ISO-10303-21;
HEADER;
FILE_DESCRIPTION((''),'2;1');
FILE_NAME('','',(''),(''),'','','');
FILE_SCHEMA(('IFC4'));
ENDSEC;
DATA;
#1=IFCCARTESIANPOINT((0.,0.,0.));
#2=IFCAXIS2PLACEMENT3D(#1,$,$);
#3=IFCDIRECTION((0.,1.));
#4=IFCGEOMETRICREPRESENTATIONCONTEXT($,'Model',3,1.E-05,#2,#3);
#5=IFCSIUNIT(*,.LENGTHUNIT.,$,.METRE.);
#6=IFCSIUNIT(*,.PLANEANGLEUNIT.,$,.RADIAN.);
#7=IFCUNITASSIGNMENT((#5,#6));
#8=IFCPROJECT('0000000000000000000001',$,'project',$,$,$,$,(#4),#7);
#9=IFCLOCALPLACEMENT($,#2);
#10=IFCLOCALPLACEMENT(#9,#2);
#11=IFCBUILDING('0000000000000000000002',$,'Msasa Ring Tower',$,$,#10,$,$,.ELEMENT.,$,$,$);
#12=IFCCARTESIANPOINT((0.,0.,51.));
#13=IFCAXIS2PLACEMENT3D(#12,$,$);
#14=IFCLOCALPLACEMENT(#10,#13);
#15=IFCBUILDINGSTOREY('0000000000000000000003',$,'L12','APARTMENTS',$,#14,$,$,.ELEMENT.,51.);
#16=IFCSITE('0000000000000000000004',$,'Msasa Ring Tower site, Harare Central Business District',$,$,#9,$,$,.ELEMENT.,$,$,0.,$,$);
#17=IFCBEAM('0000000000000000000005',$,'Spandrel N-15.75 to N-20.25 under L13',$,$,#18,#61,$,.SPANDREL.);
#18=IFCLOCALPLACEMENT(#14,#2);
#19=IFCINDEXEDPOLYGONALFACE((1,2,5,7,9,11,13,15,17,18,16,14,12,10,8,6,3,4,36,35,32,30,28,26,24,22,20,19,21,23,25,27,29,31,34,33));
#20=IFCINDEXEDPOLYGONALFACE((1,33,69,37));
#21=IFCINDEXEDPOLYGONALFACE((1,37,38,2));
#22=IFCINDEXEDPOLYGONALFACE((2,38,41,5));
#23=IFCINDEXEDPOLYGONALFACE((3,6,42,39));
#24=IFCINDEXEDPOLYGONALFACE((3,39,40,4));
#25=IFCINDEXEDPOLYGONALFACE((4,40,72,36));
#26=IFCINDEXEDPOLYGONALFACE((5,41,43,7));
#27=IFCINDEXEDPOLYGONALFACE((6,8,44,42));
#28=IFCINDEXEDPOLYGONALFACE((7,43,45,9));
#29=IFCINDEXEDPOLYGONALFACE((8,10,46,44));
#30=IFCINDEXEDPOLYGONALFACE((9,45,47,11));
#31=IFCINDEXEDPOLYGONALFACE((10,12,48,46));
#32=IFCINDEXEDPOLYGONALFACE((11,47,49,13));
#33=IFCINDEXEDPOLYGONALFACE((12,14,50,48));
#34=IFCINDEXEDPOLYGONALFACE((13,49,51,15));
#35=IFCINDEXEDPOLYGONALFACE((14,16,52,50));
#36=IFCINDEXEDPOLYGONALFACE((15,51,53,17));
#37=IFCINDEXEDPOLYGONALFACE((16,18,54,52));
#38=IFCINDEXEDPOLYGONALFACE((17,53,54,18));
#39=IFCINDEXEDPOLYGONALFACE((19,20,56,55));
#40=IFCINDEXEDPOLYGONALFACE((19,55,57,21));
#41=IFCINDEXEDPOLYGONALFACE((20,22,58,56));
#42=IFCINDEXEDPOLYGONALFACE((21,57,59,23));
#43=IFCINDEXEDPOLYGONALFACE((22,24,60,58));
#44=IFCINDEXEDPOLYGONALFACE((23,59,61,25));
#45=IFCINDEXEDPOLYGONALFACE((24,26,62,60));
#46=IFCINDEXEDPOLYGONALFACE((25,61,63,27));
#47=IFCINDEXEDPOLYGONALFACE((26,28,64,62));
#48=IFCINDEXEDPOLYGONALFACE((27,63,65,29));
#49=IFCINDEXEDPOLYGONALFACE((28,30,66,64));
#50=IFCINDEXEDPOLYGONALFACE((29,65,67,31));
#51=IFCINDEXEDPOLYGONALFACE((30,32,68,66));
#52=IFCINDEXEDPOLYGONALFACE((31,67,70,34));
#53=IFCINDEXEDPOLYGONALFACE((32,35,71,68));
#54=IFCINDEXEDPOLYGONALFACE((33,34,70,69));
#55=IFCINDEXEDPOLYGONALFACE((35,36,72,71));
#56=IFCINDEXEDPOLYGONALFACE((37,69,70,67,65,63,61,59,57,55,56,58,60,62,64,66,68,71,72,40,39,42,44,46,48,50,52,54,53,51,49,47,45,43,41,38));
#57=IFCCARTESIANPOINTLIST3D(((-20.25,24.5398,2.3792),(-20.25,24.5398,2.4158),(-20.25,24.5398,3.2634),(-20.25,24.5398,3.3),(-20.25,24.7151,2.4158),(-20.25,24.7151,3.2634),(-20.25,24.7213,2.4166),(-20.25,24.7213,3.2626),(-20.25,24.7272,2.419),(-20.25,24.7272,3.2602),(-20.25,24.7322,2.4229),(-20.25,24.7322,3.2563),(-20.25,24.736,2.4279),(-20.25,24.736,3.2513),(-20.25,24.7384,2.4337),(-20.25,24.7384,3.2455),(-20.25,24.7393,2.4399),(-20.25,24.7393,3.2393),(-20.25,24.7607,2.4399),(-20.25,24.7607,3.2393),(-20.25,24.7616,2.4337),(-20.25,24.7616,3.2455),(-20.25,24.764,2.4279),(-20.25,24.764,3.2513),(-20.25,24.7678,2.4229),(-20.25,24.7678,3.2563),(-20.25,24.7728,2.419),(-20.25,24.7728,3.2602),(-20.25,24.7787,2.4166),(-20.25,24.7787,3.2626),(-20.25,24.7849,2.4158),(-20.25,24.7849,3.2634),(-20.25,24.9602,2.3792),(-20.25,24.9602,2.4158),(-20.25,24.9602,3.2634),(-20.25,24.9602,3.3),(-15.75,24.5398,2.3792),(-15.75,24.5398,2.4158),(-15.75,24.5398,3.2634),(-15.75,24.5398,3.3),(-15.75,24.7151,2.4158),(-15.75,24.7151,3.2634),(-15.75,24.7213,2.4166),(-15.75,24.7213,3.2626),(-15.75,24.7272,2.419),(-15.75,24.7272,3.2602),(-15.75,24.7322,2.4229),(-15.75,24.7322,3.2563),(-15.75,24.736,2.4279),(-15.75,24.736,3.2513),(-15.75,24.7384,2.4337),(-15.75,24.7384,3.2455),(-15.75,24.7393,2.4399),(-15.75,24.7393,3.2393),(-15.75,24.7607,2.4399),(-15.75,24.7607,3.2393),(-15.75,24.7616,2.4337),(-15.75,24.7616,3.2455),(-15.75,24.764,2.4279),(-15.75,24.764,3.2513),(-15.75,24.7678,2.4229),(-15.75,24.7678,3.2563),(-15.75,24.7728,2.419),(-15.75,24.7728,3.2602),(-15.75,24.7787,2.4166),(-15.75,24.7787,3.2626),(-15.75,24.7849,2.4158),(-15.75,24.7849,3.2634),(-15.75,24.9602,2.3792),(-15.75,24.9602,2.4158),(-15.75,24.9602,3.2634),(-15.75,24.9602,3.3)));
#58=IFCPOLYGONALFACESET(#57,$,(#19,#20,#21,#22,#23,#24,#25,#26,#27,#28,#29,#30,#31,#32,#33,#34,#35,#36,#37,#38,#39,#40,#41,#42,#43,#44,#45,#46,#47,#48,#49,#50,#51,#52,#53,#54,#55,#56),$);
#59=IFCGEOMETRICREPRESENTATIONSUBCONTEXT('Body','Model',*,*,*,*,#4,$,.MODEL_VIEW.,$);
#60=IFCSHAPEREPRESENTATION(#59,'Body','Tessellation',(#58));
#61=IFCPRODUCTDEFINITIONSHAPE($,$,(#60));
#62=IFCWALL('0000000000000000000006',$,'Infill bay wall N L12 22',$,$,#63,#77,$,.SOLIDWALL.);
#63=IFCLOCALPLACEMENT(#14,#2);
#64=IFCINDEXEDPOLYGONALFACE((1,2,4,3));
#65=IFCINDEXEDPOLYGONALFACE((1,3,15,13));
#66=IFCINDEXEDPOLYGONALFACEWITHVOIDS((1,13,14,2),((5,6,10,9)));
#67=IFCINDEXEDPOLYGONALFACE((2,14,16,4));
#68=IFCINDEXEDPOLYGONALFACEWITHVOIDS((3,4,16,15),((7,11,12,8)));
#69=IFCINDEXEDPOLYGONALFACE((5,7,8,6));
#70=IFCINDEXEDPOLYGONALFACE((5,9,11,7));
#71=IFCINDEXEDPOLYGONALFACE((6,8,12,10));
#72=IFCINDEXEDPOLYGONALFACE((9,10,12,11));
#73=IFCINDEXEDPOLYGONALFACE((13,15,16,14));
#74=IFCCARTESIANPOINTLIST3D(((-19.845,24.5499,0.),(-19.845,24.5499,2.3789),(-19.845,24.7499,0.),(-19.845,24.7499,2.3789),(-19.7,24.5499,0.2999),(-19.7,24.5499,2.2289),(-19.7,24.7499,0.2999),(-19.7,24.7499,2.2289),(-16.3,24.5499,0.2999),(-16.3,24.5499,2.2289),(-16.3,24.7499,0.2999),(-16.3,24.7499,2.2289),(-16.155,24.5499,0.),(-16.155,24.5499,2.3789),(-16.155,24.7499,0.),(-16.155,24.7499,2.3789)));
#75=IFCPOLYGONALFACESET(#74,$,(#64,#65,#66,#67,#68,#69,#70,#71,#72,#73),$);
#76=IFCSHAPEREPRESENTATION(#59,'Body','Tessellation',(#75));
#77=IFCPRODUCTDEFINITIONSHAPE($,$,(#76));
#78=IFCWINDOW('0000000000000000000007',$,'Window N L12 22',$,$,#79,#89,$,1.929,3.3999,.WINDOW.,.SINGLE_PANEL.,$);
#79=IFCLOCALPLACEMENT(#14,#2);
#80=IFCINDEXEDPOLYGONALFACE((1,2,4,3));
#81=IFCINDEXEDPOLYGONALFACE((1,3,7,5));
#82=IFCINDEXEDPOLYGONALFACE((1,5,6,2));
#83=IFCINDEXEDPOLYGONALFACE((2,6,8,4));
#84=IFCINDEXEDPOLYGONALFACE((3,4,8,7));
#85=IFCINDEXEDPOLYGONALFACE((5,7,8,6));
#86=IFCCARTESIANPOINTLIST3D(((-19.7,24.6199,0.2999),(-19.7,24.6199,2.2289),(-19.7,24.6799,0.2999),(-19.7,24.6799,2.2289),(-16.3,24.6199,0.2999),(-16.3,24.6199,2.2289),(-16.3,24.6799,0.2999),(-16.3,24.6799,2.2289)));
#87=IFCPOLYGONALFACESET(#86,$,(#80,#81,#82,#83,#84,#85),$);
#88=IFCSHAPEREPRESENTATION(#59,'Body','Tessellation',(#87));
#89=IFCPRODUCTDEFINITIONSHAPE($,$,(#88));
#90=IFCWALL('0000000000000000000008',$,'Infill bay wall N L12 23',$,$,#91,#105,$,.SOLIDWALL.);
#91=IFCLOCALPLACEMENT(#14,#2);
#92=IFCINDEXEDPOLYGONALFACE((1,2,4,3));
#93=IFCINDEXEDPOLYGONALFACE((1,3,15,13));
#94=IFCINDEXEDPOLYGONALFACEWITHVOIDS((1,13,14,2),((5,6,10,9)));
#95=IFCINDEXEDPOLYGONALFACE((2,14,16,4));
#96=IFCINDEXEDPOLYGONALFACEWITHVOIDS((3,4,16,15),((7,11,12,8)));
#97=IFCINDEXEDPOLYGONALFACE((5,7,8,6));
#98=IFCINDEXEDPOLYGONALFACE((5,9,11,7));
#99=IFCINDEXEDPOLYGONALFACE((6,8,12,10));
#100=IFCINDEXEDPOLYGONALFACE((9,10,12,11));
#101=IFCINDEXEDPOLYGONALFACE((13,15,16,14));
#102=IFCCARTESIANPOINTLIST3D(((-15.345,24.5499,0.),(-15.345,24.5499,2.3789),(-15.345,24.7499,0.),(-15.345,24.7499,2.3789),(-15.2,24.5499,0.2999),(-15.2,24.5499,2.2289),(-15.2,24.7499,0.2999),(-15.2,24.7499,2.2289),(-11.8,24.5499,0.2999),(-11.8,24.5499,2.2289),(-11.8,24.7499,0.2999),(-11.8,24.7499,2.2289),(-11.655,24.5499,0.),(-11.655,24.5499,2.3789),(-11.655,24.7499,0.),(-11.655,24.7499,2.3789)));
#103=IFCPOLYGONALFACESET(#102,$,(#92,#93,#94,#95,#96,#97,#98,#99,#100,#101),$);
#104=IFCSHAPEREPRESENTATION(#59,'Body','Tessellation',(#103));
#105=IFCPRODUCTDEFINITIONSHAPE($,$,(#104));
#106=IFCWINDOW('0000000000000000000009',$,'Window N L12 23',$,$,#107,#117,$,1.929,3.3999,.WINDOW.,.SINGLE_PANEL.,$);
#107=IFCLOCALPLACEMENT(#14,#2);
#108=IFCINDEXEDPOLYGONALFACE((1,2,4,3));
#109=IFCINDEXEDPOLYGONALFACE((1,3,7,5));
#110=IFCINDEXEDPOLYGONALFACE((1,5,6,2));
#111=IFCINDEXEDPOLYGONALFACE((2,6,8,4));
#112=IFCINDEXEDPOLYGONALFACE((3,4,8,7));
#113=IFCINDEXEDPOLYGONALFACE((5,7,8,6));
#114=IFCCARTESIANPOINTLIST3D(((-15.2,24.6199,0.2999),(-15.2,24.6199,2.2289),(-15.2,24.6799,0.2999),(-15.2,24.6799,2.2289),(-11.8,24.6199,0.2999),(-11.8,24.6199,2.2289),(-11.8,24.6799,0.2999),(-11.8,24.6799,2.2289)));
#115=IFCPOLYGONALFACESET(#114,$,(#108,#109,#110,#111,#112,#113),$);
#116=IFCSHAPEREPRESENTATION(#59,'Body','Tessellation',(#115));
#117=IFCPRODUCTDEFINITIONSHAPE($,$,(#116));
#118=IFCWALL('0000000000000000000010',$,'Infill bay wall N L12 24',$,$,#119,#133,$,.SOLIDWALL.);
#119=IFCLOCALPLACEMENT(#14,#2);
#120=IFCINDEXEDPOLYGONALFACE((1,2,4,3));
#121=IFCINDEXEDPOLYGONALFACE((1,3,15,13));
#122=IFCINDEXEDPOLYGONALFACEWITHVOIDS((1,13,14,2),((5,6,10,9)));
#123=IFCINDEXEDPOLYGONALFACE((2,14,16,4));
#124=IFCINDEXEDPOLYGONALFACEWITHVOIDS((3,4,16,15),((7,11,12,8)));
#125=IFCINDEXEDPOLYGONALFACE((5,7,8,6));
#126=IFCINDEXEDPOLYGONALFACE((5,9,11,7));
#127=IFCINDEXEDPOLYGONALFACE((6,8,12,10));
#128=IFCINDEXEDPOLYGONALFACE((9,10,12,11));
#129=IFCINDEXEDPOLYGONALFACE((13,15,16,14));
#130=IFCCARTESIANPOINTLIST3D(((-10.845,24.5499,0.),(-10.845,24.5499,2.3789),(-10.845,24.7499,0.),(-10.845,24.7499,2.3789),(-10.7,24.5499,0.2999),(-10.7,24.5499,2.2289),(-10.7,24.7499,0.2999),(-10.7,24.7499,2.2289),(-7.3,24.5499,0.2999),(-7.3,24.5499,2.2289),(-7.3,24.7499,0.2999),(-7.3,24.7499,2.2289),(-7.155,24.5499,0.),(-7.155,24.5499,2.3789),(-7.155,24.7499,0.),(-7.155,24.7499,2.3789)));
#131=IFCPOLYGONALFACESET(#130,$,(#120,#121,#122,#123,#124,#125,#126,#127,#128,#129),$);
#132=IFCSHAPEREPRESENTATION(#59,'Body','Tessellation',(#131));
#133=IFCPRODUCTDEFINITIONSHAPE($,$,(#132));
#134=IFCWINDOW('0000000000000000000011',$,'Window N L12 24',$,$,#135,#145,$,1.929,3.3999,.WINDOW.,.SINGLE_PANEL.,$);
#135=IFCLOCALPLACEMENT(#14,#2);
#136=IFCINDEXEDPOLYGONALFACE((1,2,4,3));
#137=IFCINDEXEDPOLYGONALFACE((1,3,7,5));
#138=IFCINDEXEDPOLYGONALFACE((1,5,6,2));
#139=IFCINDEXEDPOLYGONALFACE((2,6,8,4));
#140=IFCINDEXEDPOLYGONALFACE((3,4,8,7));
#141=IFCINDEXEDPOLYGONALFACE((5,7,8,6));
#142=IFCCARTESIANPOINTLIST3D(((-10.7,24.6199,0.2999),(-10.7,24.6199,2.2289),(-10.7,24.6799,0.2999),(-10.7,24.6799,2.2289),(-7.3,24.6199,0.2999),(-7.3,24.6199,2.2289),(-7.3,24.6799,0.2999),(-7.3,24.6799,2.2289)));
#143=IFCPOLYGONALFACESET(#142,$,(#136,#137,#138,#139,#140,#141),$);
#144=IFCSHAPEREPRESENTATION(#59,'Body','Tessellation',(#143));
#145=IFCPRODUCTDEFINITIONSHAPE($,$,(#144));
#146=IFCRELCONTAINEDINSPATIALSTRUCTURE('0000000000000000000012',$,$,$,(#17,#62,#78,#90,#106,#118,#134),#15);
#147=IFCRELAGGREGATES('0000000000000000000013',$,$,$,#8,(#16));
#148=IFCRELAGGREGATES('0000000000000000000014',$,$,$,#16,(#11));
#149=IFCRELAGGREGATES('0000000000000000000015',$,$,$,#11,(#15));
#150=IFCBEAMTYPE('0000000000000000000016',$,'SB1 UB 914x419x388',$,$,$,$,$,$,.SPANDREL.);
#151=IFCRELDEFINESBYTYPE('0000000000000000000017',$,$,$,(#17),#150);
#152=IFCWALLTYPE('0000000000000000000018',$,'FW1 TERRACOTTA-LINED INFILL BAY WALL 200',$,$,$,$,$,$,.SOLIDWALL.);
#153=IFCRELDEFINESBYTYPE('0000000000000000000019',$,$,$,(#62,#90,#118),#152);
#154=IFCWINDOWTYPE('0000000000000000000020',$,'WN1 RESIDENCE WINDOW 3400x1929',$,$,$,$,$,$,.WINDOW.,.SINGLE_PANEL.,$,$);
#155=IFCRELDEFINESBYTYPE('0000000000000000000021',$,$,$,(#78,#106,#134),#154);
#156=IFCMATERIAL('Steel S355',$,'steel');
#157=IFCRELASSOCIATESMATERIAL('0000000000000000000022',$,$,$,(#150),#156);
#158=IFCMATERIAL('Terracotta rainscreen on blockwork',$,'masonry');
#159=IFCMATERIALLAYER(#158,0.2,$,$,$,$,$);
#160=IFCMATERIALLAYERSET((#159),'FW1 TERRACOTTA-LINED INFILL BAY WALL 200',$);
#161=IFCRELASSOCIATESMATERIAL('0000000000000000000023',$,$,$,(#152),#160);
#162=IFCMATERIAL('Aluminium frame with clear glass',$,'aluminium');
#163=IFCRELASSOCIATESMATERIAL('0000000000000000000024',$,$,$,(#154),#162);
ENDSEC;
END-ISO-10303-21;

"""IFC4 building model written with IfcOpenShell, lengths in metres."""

from ifc_helpers import new_model, si_unit, direction, frame, frame_2d, origin, origin_2d, place, context, subcontext, project, spatial, rectangle, i_section, extrude, material, layer, layer_set, material_profile, profile_set, type_object, element, fill, save


model = new_model("IFC4")

# Units and contexts
model_context = context("Model", 3, precision=1e-05, world=origin(), true_north=direction((0.0, 1.0)))
body_context = subcontext(model_context, "Body", "Model", "MODEL_VIEW")
ifc_project = project(units=[si_unit("LENGTHUNIT", "METRE"), si_unit("PLANEANGLEUNIT", "RADIAN")], contexts=[model_context])

# Site, building, storey
site_placement = place(None, origin())
site = spatial("IfcSite", under=ifc_project, at=site_placement, Name="Msasa Ring Tower site, Harare Central Business District", CompositionType="ELEMENT", RefElevation=0.0)
building_placement = place(site_placement, origin())
building = spatial("IfcBuilding", under=site, at=building_placement, Name="Msasa Ring Tower", CompositionType="ELEMENT")
storey_placement = place(building_placement, frame((0.0, 0.0, 51.0)))
storey = spatial("IfcBuildingStorey", under=building, at=storey_placement, Name="L12", Description="APARTMENTS", CompositionType="ELEMENT", Elevation=51.0)

# Beam
ifc_material_1 = material(Name="Steel S355", Category="steel")
ifc_material_profile_1 = material_profile(ifc_material_1, i_section(OverallWidth=0.4204, OverallDepth=0.9209, WebThickness=0.0215, FlangeThickness=0.0366, FilletRadius=0.0242, at=origin_2d()), Name="UB 914x419x388")
ifc_profile_set_1 = profile_set([ifc_material_profile_1], Name="Steel S355")
beam_type_1 = type_object("IfcBeamType", Name="SB1 UB 914x419x388", PredefinedType="SPANDREL", material=ifc_profile_set_1)
for number, where, z_axis, x_axis, name in (
    (1, (-15.75, 24.75, 2.8396), (-1.0, 0.0, 0.0), (0.0, -1.0, 0.0), "Spandrel N-15.75 to N-20.25 under L13"),
):
    element("IfcBeam", number, at=place(storey_placement, frame(where, z_axis=z_axis, x_axis=x_axis)), inside=storey, type_object=beam_type_1, Name=name, PredefinedType="SPANDREL", context=body_context, shape_type="SweptSolid", body=[
        extrude(i_section(OverallWidth=0.4204, OverallDepth=0.9209, WebThickness=0.0215, FlangeThickness=0.0366, FilletRadius=0.0242, at=origin_2d()), origin(), (0.0, 0.0, 1.0), 4.5),
    ])

# Walls, openings, windows
ifc_material_2 = material(Name="Terracotta rainscreen on blockwork", Category="masonry")
ifc_layer_1 = layer(ifc_material_2, 0.2)
ifc_layer_set_1 = layer_set([ifc_layer_1], Name="FW1 TERRACOTTA-LINED INFILL BAY WALL 200")
wall_type_1 = type_object("IfcWallType", Name="FW1 TERRACOTTA-LINED INFILL BAY WALL 200", PredefinedType="SOLIDWALL", material=ifc_layer_set_1)
wall_1_placement = place(storey_placement, frame((-19.845, 24.6499, 0.0), z_axis=(0.0, 0.0, 1.0), x_axis=(1.0, 0.0, 0.0)))
wall_1 = element("IfcWall", 2, at=wall_1_placement, inside=storey, type_object=wall_type_1, Name="Infill bay wall N L12 22", PredefinedType="SOLIDWALL", context=body_context, shape_type="SweptSolid", body=[
    extrude(rectangle(XDim=3.6899, YDim=0.2, at=frame_2d((1.845, 0.0))), origin(), (0.0, 0.0, 1.0), 2.3789),
])
opening_1_placement = place(wall_1_placement, frame((0.145, 0.0, 0.3)))
opening_1 = element("IfcOpeningElement", 3, at=opening_1_placement, cuts=wall_1, PredefinedType="OPENING", context=body_context, shape_type="SweptSolid", body=[
    extrude(rectangle(XDim=3.3999, YDim=1.929, at=frame_2d((1.7, 0.9644))), frame((0.0, 0.1099, 0.0), z_axis=(0.0, -1.0, 0.0), x_axis=(1.0, 0.0, 0.0)), (0.0, 0.0, 1.0), 0.22),
])
ifc_material_3 = material(Name="Aluminium frame with clear glass", Category="aluminium")
window_type = type_object("IfcWindowType", Name="WN1 RESIDENCE WINDOW 3400x1929", PartitioningType="SINGLE_PANEL", PredefinedType="WINDOW", material=ifc_material_3)
window_1_placement = place(opening_1_placement, origin())
window_1 = element("IfcWindow", 4, at=window_1_placement, inside=storey, type_object=window_type, Name="Window N L12 22", OverallHeight=1.929, OverallWidth=3.3999, PartitioningType="SINGLE_PANEL", PredefinedType="WINDOW", context=body_context, shape_type="SweptSolid", body=[
    extrude(rectangle(XDim=3.3999, YDim=1.929, at=frame_2d((1.7, 0.9644))), frame((0.0, 0.03, 0.0), z_axis=(0.0, -1.0, 0.0), x_axis=(1.0, 0.0, 0.0)), (0.0, 0.0, 1.0), 0.0601),
])
fill(opening_1, window_1)
wall_2_placement = place(storey_placement, frame((-15.345, 24.6499, 0.0), z_axis=(0.0, 0.0, 1.0), x_axis=(1.0, 0.0, 0.0)))
wall_2 = element("IfcWall", 5, at=wall_2_placement, inside=storey, type_object=wall_type_1, Name="Infill bay wall N L12 23", PredefinedType="SOLIDWALL", context=body_context, shape_type="SweptSolid", body=[
    extrude(rectangle(XDim=3.6899, YDim=0.2, at=frame_2d((1.845, 0.0))), origin(), (0.0, 0.0, 1.0), 2.3789),
])
opening_2_placement = place(wall_2_placement, frame((0.145, 0.0, 0.3)))
opening_2 = element("IfcOpeningElement", 6, at=opening_2_placement, cuts=wall_2, PredefinedType="OPENING", context=body_context, shape_type="SweptSolid", body=[
    extrude(rectangle(XDim=3.3999, YDim=1.929, at=frame_2d((1.7, 0.9644))), frame((0.0, 0.1099, 0.0), z_axis=(0.0, -1.0, 0.0), x_axis=(1.0, 0.0, 0.0)), (0.0, 0.0, 1.0), 0.22),
])
window_2_placement = place(opening_2_placement, origin())
window_2 = element("IfcWindow", 7, at=window_2_placement, inside=storey, type_object=window_type, Name="Window N L12 23", OverallHeight=1.929, OverallWidth=3.3999, PartitioningType="SINGLE_PANEL", PredefinedType="WINDOW", context=body_context, shape_type="SweptSolid", body=[
    extrude(rectangle(XDim=3.3999, YDim=1.929, at=frame_2d((1.7, 0.9644))), frame((0.0, 0.03, 0.0), z_axis=(0.0, -1.0, 0.0), x_axis=(1.0, 0.0, 0.0)), (0.0, 0.0, 1.0), 0.0601),
])
fill(opening_2, window_2)
wall_3_placement = place(storey_placement, frame((-10.845, 24.6499, 0.0), z_axis=(0.0, 0.0, 1.0), x_axis=(1.0, 0.0, 0.0)))
wall_3 = element("IfcWall", 8, at=wall_3_placement, inside=storey, type_object=wall_type_1, Name="Infill bay wall N L12 24", PredefinedType="SOLIDWALL", context=body_context, shape_type="SweptSolid", body=[
    extrude(rectangle(XDim=3.6899, YDim=0.2, at=frame_2d((1.845, 0.0))), origin(), (0.0, 0.0, 1.0), 2.3789),
])
opening_3_placement = place(wall_3_placement, frame((0.145, 0.0, 0.3)))
opening_3 = element("IfcOpeningElement", 9, at=opening_3_placement, cuts=wall_3, PredefinedType="OPENING", context=body_context, shape_type="SweptSolid", body=[
    extrude(rectangle(XDim=3.3999, YDim=1.929, at=frame_2d((1.7, 0.9644))), frame((0.0, 0.1099, 0.0), z_axis=(0.0, -1.0, 0.0), x_axis=(1.0, 0.0, 0.0)), (0.0, 0.0, 1.0), 0.22),
])
window_3_placement = place(opening_3_placement, origin())
window_3 = element("IfcWindow", 10, at=window_3_placement, inside=storey, type_object=window_type, Name="Window N L12 24", OverallHeight=1.929, OverallWidth=3.3999, PartitioningType="SINGLE_PANEL", PredefinedType="WINDOW", context=body_context, shape_type="SweptSolid", body=[
    extrude(rectangle(XDim=3.3999, YDim=1.929, at=frame_2d((1.7, 0.9644))), frame((0.0, 0.03, 0.0), z_axis=(0.0, -1.0, 0.0), x_axis=(1.0, 0.0, 0.0)), (0.0, 0.0, 1.0), 0.0601),
])
fill(opening_3, window_3)

save(model, "model.ifc")
